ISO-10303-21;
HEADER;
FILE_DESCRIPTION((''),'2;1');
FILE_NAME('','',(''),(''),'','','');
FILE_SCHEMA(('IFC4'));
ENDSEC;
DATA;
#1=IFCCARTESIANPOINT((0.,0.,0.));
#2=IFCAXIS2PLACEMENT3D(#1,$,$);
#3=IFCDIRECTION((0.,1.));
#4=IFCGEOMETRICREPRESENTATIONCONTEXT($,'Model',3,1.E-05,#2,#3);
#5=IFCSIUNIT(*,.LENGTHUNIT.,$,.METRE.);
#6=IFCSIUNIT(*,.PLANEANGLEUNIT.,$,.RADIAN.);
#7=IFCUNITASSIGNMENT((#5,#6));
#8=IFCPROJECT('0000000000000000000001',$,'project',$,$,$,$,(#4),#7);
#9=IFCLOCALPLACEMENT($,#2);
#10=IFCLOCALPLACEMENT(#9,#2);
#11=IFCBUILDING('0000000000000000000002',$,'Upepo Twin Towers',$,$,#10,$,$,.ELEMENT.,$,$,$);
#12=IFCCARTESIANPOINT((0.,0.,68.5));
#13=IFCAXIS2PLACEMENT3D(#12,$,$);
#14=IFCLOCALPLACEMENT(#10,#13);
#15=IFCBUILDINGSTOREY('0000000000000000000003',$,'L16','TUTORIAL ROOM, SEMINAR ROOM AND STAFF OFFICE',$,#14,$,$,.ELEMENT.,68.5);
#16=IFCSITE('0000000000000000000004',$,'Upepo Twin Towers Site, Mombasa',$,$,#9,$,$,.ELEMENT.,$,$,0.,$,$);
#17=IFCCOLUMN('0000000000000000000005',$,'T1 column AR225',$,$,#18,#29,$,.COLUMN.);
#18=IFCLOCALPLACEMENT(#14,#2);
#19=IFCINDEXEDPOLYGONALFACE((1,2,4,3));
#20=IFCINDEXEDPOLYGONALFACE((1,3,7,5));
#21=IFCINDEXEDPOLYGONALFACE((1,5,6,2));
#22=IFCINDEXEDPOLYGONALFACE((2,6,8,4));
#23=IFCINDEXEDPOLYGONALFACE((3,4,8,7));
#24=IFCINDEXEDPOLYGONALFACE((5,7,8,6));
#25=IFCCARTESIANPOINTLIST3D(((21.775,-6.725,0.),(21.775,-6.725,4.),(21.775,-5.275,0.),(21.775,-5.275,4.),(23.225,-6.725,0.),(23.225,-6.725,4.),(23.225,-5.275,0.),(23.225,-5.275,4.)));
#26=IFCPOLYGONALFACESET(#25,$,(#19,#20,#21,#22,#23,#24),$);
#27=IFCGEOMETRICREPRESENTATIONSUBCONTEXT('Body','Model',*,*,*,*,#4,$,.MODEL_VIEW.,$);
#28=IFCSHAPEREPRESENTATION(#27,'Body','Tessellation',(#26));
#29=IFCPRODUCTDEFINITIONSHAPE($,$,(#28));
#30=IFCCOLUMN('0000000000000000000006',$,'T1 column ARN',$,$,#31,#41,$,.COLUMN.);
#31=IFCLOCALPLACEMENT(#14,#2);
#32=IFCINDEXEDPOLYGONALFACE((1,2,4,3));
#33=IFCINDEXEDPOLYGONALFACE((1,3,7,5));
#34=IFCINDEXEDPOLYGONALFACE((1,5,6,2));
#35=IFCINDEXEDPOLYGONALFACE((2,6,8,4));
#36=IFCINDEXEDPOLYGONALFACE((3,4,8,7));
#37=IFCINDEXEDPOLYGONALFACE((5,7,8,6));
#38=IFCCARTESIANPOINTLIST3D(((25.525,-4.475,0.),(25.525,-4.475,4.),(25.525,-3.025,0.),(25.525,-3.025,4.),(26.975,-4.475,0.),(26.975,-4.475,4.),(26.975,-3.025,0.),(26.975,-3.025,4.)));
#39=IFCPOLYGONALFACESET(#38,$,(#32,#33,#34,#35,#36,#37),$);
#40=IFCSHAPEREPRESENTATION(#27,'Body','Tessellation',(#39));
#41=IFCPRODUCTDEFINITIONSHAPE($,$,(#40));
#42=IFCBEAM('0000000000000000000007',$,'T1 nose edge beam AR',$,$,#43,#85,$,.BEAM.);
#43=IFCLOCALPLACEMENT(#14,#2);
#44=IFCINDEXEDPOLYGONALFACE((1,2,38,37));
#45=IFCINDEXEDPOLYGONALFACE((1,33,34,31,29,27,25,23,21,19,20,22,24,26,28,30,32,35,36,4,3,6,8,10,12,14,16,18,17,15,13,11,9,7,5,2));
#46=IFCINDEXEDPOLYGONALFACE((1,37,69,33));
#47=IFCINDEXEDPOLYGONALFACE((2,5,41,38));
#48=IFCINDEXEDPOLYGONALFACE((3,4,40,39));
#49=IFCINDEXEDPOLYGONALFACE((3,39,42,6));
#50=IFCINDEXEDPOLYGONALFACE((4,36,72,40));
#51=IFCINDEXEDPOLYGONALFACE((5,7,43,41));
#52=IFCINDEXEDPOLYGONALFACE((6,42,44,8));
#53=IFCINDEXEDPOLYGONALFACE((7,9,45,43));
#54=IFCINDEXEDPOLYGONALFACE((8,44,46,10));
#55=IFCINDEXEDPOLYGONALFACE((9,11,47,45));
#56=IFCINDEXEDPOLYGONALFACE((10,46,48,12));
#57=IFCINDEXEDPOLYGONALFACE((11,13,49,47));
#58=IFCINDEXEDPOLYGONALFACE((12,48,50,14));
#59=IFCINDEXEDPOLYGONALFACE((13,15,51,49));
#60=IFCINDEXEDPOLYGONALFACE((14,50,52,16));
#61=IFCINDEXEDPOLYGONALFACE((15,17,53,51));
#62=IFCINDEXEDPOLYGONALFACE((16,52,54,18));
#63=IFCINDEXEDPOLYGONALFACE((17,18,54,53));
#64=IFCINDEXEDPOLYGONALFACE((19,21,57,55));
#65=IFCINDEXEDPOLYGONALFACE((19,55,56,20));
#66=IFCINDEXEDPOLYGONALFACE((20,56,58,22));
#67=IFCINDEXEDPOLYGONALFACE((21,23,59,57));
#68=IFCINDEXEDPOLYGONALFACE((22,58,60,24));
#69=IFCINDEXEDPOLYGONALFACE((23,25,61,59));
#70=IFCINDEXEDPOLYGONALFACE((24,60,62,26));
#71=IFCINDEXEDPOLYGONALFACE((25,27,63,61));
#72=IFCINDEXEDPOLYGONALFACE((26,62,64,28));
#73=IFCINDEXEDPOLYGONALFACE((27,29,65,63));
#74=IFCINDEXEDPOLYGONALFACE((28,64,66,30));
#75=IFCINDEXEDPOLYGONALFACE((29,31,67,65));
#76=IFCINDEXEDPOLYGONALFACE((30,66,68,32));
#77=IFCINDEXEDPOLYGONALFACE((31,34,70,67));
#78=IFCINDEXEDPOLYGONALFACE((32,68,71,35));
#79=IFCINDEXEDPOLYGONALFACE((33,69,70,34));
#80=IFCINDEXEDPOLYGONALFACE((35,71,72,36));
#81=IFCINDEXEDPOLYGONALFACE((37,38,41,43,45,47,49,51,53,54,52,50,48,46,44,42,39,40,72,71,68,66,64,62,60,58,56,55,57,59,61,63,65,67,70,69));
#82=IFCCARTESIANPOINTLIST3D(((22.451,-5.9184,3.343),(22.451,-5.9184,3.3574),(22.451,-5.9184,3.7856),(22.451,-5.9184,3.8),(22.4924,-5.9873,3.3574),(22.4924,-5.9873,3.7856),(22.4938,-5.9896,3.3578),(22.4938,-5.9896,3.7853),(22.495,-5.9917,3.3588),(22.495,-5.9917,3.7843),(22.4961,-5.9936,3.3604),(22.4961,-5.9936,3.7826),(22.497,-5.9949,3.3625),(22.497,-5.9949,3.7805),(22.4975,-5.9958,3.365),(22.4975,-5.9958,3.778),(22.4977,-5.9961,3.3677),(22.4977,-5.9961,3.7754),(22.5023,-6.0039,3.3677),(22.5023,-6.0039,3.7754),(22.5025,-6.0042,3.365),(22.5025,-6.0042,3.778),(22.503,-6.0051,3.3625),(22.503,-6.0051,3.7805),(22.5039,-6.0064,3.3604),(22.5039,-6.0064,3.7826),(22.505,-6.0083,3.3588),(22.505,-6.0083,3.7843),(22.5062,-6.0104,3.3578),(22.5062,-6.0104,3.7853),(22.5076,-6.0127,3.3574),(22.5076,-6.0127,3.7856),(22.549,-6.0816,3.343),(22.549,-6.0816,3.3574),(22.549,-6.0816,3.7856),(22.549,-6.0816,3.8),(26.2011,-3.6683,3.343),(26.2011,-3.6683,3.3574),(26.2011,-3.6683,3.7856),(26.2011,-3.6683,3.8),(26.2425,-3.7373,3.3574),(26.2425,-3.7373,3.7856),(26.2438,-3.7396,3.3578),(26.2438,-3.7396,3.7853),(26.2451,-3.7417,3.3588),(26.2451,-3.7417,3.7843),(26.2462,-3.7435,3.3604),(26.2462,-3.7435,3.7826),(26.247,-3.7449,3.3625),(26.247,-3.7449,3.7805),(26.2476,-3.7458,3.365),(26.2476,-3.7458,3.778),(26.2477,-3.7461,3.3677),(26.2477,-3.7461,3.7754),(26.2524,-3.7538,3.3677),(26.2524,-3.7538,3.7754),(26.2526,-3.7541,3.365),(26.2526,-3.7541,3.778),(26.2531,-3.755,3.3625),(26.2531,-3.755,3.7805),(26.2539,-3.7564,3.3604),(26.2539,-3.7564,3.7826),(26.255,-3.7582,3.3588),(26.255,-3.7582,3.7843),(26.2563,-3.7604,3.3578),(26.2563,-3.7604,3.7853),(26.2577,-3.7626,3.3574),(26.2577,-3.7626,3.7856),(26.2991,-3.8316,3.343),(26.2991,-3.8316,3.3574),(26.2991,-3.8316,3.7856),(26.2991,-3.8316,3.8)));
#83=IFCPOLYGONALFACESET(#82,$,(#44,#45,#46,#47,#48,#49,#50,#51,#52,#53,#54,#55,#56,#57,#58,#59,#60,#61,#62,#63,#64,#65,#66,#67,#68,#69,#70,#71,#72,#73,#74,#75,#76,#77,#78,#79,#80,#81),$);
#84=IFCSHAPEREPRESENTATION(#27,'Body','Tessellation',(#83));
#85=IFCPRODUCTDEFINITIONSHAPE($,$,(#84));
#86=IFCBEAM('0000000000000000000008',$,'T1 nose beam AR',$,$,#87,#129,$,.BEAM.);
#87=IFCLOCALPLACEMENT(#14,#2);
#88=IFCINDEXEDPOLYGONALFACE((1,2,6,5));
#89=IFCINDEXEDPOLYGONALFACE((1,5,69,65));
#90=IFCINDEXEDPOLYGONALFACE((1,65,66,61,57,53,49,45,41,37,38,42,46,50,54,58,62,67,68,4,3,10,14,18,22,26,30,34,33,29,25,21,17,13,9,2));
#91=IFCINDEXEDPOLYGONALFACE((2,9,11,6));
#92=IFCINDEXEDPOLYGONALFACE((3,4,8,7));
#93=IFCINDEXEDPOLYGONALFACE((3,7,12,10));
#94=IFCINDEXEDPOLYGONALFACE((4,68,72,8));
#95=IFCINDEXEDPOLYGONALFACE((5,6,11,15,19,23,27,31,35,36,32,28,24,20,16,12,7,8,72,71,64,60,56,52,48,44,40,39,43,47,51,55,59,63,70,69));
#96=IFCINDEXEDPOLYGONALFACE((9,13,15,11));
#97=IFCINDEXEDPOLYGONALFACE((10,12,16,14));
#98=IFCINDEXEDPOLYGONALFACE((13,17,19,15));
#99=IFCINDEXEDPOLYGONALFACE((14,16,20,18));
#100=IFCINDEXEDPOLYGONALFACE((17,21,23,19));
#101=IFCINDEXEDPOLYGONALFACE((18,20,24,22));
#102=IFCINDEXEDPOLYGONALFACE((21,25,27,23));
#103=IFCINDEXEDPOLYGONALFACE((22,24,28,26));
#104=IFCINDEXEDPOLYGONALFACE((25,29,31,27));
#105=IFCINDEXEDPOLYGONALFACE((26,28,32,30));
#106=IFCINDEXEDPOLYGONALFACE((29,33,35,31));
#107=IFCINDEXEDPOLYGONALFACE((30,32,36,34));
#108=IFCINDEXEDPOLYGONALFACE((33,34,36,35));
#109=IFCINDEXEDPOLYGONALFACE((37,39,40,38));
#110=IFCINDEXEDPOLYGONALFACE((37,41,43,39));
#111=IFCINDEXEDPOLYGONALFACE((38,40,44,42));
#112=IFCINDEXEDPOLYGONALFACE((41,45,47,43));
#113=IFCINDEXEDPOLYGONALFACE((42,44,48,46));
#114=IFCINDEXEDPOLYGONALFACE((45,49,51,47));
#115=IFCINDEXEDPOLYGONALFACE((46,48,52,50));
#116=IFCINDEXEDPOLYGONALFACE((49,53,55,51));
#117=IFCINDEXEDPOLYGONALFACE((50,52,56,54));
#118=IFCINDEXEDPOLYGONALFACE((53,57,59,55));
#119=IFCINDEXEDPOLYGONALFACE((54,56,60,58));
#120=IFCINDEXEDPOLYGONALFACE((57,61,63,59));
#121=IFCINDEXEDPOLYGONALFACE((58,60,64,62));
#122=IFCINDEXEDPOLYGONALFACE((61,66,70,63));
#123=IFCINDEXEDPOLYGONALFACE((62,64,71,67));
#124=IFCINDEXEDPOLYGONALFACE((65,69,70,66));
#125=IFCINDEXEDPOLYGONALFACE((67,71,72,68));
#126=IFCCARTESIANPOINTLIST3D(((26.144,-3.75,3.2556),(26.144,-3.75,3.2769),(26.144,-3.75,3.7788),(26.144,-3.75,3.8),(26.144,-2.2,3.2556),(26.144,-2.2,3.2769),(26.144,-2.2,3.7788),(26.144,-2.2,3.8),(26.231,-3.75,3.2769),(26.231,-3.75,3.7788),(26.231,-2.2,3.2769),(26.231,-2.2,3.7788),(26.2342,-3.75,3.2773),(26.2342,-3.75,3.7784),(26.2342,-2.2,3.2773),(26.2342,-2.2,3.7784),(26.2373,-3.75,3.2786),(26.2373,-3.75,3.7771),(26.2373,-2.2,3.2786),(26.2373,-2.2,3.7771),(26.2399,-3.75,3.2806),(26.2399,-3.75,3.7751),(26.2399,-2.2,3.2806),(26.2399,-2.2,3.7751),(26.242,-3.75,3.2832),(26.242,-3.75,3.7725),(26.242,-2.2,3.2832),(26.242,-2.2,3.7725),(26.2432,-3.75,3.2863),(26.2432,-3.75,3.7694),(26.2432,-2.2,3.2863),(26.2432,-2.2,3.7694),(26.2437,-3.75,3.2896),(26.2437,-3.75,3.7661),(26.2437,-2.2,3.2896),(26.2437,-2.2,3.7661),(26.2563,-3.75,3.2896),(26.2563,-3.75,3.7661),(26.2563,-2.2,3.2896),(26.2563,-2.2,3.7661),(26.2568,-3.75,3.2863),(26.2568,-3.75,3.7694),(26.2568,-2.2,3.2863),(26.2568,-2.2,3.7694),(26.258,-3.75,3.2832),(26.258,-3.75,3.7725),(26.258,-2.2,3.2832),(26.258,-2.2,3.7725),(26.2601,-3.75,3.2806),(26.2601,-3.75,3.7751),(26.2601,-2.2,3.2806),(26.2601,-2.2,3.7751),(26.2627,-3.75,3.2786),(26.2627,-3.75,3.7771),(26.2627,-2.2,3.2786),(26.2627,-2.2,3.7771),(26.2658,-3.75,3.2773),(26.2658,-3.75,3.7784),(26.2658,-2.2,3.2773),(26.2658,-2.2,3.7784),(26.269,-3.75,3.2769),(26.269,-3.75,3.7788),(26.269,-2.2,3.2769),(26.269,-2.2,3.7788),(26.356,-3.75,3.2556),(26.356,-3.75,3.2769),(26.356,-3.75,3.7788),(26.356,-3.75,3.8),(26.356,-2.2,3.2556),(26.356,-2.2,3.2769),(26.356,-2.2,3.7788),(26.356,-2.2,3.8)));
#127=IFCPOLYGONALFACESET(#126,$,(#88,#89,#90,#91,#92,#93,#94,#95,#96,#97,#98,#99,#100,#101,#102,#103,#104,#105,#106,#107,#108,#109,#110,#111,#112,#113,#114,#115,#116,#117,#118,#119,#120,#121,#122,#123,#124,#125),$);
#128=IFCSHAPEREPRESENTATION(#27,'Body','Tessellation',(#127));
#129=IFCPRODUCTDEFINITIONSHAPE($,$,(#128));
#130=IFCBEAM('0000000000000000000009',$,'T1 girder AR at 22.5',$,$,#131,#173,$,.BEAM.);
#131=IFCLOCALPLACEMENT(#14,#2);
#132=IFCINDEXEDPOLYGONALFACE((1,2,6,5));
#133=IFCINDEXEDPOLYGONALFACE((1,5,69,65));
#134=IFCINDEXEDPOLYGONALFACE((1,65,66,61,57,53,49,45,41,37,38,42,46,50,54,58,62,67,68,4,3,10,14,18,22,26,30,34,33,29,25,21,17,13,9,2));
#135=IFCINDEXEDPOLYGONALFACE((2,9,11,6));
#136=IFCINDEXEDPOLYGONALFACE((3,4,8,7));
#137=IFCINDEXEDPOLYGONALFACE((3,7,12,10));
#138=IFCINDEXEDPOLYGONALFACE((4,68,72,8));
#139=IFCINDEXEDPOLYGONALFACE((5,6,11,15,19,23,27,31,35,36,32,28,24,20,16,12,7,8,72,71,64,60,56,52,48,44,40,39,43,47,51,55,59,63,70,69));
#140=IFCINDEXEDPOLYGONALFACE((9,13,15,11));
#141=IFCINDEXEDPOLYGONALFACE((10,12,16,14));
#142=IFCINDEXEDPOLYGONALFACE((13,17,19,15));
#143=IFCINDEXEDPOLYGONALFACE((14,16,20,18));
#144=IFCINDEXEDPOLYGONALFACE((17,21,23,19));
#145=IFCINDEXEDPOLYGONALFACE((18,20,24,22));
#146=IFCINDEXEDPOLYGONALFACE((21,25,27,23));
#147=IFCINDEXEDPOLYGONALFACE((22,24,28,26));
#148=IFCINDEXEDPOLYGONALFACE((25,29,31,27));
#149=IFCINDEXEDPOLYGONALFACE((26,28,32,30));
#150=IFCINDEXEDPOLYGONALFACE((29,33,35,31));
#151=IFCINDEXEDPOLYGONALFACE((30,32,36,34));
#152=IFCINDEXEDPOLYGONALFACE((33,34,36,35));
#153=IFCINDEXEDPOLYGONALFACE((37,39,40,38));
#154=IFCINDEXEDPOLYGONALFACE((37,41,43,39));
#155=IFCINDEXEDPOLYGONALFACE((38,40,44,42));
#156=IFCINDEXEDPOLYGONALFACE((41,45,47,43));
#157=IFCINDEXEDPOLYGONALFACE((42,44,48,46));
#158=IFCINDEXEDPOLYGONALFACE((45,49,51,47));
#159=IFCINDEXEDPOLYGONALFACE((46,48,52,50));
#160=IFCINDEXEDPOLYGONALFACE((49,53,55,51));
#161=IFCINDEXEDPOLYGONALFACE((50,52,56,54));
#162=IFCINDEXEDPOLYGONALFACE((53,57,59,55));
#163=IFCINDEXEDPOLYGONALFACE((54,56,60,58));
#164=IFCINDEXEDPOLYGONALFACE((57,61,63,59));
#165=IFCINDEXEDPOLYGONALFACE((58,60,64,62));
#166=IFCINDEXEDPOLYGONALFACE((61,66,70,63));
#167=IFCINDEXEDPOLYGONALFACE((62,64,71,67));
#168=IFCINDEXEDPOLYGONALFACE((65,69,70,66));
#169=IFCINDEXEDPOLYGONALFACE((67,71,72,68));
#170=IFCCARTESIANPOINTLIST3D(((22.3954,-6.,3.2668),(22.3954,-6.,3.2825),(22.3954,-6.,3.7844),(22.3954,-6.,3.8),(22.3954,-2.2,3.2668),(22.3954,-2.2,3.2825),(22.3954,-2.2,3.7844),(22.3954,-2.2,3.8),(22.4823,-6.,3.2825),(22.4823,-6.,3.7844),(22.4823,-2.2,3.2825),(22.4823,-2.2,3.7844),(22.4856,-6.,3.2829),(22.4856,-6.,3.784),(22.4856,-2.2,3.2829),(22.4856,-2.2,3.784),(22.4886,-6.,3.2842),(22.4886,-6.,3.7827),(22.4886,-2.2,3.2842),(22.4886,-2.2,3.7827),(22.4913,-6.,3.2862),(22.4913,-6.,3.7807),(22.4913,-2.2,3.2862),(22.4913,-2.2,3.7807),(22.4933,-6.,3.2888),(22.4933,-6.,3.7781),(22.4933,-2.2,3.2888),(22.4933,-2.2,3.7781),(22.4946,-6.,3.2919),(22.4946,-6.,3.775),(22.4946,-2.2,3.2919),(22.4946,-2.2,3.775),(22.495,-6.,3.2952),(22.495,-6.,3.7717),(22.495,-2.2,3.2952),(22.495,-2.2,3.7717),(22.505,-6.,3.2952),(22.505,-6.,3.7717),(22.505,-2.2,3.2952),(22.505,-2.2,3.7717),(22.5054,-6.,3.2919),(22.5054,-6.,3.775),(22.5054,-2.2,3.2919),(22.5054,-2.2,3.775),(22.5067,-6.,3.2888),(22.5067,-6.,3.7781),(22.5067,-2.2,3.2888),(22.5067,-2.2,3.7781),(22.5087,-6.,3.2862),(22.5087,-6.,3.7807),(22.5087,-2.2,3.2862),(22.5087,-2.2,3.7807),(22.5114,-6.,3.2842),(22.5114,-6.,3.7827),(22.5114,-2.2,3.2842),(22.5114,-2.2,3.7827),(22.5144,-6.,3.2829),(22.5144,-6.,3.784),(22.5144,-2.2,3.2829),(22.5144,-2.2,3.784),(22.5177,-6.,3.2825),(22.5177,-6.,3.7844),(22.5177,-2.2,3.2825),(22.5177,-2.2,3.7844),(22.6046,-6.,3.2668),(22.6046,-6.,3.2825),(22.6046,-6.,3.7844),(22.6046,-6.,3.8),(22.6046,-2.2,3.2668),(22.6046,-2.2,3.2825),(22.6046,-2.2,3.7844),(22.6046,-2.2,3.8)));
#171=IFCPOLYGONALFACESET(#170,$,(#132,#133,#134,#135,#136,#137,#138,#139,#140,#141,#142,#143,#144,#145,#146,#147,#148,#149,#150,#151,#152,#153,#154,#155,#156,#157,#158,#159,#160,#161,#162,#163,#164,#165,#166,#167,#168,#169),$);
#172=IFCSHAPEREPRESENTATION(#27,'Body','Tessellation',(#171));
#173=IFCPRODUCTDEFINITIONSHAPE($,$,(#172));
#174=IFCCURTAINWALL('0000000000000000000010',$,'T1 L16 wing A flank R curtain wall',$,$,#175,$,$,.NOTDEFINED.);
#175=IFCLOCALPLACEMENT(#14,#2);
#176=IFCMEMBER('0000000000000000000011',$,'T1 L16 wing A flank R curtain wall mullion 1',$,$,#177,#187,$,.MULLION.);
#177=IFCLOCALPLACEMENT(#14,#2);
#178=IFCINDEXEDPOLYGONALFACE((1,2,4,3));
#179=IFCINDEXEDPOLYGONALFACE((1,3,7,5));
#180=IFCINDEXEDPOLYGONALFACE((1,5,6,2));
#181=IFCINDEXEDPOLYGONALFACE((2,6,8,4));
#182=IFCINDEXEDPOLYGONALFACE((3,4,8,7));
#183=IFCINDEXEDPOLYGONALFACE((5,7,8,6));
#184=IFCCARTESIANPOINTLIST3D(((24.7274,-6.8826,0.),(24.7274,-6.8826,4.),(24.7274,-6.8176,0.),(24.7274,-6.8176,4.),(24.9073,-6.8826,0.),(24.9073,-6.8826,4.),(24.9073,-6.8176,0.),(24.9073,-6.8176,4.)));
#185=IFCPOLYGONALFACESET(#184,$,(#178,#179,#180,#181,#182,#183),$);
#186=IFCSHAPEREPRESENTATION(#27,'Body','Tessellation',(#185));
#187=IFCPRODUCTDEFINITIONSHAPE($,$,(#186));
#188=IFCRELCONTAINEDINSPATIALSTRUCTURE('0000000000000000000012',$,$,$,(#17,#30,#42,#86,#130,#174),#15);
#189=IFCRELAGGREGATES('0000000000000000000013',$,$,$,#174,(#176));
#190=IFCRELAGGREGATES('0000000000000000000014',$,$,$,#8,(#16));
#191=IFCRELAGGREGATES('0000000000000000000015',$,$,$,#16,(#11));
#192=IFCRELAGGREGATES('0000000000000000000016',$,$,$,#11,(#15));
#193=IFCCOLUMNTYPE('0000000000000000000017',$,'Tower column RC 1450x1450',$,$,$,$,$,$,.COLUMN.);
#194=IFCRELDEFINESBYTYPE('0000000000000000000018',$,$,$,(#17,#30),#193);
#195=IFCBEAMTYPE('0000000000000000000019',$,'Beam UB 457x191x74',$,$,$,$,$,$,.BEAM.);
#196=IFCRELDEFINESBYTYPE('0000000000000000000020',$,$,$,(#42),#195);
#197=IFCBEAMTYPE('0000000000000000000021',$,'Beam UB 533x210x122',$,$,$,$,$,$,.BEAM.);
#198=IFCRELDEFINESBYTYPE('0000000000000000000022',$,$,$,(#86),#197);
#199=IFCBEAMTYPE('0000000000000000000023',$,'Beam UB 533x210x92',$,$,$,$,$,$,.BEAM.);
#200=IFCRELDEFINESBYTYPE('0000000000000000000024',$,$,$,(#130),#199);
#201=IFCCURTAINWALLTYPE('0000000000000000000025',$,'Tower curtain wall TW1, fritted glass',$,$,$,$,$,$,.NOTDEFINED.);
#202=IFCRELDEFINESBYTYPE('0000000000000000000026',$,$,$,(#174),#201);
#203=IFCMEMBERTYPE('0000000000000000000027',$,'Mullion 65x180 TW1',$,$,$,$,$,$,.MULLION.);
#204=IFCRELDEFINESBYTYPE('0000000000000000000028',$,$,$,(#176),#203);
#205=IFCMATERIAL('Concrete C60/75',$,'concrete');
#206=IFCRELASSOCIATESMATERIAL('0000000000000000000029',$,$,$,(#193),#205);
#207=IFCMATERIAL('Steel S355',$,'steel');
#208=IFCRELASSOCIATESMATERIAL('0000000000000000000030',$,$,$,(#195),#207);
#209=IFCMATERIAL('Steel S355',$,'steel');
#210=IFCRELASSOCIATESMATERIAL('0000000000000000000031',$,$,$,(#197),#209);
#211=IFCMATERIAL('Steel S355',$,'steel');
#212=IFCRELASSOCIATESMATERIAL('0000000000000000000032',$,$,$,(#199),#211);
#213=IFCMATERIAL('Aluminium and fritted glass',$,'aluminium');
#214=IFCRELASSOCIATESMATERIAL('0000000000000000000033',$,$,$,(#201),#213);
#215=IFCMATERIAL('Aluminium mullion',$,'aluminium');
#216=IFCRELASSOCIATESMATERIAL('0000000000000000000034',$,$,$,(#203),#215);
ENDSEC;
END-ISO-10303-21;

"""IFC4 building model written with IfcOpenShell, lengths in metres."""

from ifc_helpers import new_model, si_unit, direction, frame, origin, origin_2d, place, context, subcontext, project, spatial, rectangle, i_section, extrude, material, material_profile, profile_set, type_object, element, aggregate, save


model = new_model("IFC4")

# Units and contexts
model_context = context("Model", 3, precision=1e-05, world=origin(), true_north=direction((0.0, 1.0)))
body_context = subcontext(model_context, "Body", "Model", "MODEL_VIEW")
ifc_project = project(units=[si_unit("LENGTHUNIT", "METRE"), si_unit("PLANEANGLEUNIT", "RADIAN")], contexts=[model_context])

# Site, building, storey
site_placement = place(None, origin())
site = spatial("IfcSite", under=ifc_project, at=site_placement, Name="Upepo Twin Towers Site, Mombasa", CompositionType="ELEMENT", RefElevation=0.0)
building_placement = place(site_placement, origin())
building = spatial("IfcBuilding", under=site, at=building_placement, Name="Upepo Twin Towers", CompositionType="ELEMENT")
storey_placement = place(building_placement, frame((0.0, 0.0, 68.5)))
storey = spatial("IfcBuildingStorey", under=building, at=storey_placement, Name="L16", Description="TUTORIAL ROOM, SEMINAR ROOM AND STAFF OFFICE", CompositionType="ELEMENT", Elevation=68.5)

# Columns
ifc_material_1 = material(Name="Concrete C60/75", Category="concrete")
ifc_material_profile_1 = material_profile(ifc_material_1, rectangle(XDim=1.45, YDim=1.45, at=origin_2d()), Name="RC 1450x1450")
ifc_profile_set_1 = profile_set([ifc_material_profile_1], Name="Concrete C60/75")
column_type = type_object("IfcColumnType", Name="Tower column RC 1450x1450", PredefinedType="COLUMN", material=ifc_profile_set_1)
for number, where, z_axis, x_axis, name in (
    (1, (22.5, -6.0, 0.0), (0.0, 0.0, 1.0), (1.0, 0.0, 0.0), "T1 column AR225"),
    (2, (26.25, -3.75, 0.0), (0.0, 0.0, 1.0), (1.0, 0.0, 0.0), "T1 column ARN"),
):
    element("IfcColumn", number, at=place(storey_placement, frame(where, z_axis=z_axis, x_axis=x_axis)), inside=storey, type_object=column_type, Name=name, PredefinedType="COLUMN", context=body_context, shape_type="SweptSolid", body=[
        extrude(rectangle(XDim=1.45, YDim=1.45, at=origin_2d()), origin(), (0.0, 0.0, 1.0), 4.0),
    ])

# Beams
ifc_material_2 = material(Name="Steel S355", Category="steel")
ifc_material_profile_2 = material_profile(ifc_material_2, i_section(OverallWidth=0.1904, OverallDepth=0.457, WebThickness=0.009, FlangeThickness=0.0144, FilletRadius=0.0103, at=origin_2d()), Name="UB 457x191x74")
ifc_profile_set_2 = profile_set([ifc_material_profile_2], Name="Steel S355")
beam_type_1 = type_object("IfcBeamType", Name="Beam UB 457x191x74", PredefinedType="BEAM", material=ifc_profile_set_2)
beam_1_placement = place(storey_placement, frame((22.5, -6.0, 3.5715), z_axis=(0.857493, 0.514496, 0.0), x_axis=(-0.514496, 0.857493, 0.0)))
element("IfcBeam", 3, at=beam_1_placement, inside=storey, type_object=beam_type_1, Name="T1 nose edge beam AR", PredefinedType="BEAM", context=body_context, shape_type="SweptSolid", body=[
    extrude(i_section(OverallWidth=0.1904, OverallDepth=0.457, WebThickness=0.009, FlangeThickness=0.0144, FilletRadius=0.0103, at=origin_2d()), origin(), (0.0, 0.0, 1.0), 4.3733),
])
ifc_material_3 = material(Name="Steel S355", Category="steel")
ifc_material_profile_3 = material_profile(ifc_material_3, i_section(OverallWidth=0.2119, OverallDepth=0.5444, WebThickness=0.0127, FlangeThickness=0.0212, FilletRadius=0.0127, at=origin_2d()), Name="UB 533x210x122")
ifc_profile_set_3 = profile_set([ifc_material_profile_3], Name="Steel S355")
beam_type_2 = type_object("IfcBeamType", Name="Beam UB 533x210x122", PredefinedType="BEAM", material=ifc_profile_set_3)
beam_2_placement = place(storey_placement, frame((26.25, -3.75, 3.5278), z_axis=(0.0, 1.0, 0.0), x_axis=(-1.0, 0.0, 0.0)))
element("IfcBeam", 4, at=beam_2_placement, inside=storey, type_object=beam_type_2, Name="T1 nose beam AR", PredefinedType="BEAM", context=body_context, shape_type="SweptSolid", body=[
    extrude(i_section(OverallWidth=0.2119, OverallDepth=0.5444, WebThickness=0.0127, FlangeThickness=0.0212, FilletRadius=0.0127, at=origin_2d()), origin(), (0.0, 0.0, 1.0), 1.55),
])
ifc_material_4 = material(Name="Steel S355", Category="steel")
ifc_material_profile_4 = material_profile(ifc_material_4, i_section(OverallWidth=0.2092, OverallDepth=0.5332, WebThickness=0.01, FlangeThickness=0.0156, FilletRadius=0.0127, at=origin_2d()), Name="UB 533x210x92")
ifc_profile_set_4 = profile_set([ifc_material_profile_4], Name="Steel S355")
beam_type_3 = type_object("IfcBeamType", Name="Beam UB 533x210x92", PredefinedType="BEAM", material=ifc_profile_set_4)
beam_3_placement = place(storey_placement, frame((22.5, -6.0, 3.5334), z_axis=(0.0, 1.0, 0.0), x_axis=(-1.0, 0.0, 0.0)))
element("IfcBeam", 5, at=beam_3_placement, inside=storey, type_object=beam_type_3, Name="T1 girder AR at 22.5", PredefinedType="BEAM", context=body_context, shape_type="SweptSolid", body=[
    extrude(i_section(OverallWidth=0.2092, OverallDepth=0.5332, WebThickness=0.01, FlangeThickness=0.0156, FilletRadius=0.0127, at=origin_2d()), origin(), (0.0, 0.0, 1.0), 3.8),
])

# Curtain wall, member
ifc_material_5 = material(Name="Aluminium and fritted glass", Category="aluminium")
curtain_wall_type = type_object("IfcCurtainWallType", Name="Tower curtain wall TW1, fritted glass", PredefinedType="NOTDEFINED", material=ifc_material_5)
curtain_wall_1_placement = place(storey_placement, origin())
curtain_wall_1 = element("IfcCurtainWall", 6, at=curtain_wall_1_placement, inside=storey, type_object=curtain_wall_type, Name="T1 L16 wing A flank R curtain wall", PredefinedType="NOTDEFINED")
ifc_material_6 = material(Name="Aluminium mullion", Category="aluminium")
ifc_material_profile_5 = material_profile(ifc_material_6, rectangle(XDim=0.0649, YDim=0.1799, at=origin_2d()), Name="MULLION 65x180")
ifc_profile_set_5 = profile_set([ifc_material_profile_5], Name="Aluminium mullion")
member_type_1 = type_object("IfcMemberType", Name="Mullion 65x180 TW1", PredefinedType="MULLION", material=ifc_profile_set_5)
member_1_placement = place(storey_placement, frame((24.8174, -6.8501, 0.0), z_axis=(0.0, 0.0, 1.0), x_axis=(0.0, -1.0, 0.0)))
member_1 = element("IfcMember", 7, at=member_1_placement, type_object=member_type_1, Name="T1 L16 wing A flank R curtain wall mullion 1", PredefinedType="MULLION", context=body_context, shape_type="SweptSolid", body=[
    extrude(rectangle(XDim=0.0649, YDim=0.1799, at=origin_2d()), origin(), (0.0, 0.0, 1.0), 4.0),
])

aggregate(curtain_wall_1, [member_1])

save(model, "model.ifc")
